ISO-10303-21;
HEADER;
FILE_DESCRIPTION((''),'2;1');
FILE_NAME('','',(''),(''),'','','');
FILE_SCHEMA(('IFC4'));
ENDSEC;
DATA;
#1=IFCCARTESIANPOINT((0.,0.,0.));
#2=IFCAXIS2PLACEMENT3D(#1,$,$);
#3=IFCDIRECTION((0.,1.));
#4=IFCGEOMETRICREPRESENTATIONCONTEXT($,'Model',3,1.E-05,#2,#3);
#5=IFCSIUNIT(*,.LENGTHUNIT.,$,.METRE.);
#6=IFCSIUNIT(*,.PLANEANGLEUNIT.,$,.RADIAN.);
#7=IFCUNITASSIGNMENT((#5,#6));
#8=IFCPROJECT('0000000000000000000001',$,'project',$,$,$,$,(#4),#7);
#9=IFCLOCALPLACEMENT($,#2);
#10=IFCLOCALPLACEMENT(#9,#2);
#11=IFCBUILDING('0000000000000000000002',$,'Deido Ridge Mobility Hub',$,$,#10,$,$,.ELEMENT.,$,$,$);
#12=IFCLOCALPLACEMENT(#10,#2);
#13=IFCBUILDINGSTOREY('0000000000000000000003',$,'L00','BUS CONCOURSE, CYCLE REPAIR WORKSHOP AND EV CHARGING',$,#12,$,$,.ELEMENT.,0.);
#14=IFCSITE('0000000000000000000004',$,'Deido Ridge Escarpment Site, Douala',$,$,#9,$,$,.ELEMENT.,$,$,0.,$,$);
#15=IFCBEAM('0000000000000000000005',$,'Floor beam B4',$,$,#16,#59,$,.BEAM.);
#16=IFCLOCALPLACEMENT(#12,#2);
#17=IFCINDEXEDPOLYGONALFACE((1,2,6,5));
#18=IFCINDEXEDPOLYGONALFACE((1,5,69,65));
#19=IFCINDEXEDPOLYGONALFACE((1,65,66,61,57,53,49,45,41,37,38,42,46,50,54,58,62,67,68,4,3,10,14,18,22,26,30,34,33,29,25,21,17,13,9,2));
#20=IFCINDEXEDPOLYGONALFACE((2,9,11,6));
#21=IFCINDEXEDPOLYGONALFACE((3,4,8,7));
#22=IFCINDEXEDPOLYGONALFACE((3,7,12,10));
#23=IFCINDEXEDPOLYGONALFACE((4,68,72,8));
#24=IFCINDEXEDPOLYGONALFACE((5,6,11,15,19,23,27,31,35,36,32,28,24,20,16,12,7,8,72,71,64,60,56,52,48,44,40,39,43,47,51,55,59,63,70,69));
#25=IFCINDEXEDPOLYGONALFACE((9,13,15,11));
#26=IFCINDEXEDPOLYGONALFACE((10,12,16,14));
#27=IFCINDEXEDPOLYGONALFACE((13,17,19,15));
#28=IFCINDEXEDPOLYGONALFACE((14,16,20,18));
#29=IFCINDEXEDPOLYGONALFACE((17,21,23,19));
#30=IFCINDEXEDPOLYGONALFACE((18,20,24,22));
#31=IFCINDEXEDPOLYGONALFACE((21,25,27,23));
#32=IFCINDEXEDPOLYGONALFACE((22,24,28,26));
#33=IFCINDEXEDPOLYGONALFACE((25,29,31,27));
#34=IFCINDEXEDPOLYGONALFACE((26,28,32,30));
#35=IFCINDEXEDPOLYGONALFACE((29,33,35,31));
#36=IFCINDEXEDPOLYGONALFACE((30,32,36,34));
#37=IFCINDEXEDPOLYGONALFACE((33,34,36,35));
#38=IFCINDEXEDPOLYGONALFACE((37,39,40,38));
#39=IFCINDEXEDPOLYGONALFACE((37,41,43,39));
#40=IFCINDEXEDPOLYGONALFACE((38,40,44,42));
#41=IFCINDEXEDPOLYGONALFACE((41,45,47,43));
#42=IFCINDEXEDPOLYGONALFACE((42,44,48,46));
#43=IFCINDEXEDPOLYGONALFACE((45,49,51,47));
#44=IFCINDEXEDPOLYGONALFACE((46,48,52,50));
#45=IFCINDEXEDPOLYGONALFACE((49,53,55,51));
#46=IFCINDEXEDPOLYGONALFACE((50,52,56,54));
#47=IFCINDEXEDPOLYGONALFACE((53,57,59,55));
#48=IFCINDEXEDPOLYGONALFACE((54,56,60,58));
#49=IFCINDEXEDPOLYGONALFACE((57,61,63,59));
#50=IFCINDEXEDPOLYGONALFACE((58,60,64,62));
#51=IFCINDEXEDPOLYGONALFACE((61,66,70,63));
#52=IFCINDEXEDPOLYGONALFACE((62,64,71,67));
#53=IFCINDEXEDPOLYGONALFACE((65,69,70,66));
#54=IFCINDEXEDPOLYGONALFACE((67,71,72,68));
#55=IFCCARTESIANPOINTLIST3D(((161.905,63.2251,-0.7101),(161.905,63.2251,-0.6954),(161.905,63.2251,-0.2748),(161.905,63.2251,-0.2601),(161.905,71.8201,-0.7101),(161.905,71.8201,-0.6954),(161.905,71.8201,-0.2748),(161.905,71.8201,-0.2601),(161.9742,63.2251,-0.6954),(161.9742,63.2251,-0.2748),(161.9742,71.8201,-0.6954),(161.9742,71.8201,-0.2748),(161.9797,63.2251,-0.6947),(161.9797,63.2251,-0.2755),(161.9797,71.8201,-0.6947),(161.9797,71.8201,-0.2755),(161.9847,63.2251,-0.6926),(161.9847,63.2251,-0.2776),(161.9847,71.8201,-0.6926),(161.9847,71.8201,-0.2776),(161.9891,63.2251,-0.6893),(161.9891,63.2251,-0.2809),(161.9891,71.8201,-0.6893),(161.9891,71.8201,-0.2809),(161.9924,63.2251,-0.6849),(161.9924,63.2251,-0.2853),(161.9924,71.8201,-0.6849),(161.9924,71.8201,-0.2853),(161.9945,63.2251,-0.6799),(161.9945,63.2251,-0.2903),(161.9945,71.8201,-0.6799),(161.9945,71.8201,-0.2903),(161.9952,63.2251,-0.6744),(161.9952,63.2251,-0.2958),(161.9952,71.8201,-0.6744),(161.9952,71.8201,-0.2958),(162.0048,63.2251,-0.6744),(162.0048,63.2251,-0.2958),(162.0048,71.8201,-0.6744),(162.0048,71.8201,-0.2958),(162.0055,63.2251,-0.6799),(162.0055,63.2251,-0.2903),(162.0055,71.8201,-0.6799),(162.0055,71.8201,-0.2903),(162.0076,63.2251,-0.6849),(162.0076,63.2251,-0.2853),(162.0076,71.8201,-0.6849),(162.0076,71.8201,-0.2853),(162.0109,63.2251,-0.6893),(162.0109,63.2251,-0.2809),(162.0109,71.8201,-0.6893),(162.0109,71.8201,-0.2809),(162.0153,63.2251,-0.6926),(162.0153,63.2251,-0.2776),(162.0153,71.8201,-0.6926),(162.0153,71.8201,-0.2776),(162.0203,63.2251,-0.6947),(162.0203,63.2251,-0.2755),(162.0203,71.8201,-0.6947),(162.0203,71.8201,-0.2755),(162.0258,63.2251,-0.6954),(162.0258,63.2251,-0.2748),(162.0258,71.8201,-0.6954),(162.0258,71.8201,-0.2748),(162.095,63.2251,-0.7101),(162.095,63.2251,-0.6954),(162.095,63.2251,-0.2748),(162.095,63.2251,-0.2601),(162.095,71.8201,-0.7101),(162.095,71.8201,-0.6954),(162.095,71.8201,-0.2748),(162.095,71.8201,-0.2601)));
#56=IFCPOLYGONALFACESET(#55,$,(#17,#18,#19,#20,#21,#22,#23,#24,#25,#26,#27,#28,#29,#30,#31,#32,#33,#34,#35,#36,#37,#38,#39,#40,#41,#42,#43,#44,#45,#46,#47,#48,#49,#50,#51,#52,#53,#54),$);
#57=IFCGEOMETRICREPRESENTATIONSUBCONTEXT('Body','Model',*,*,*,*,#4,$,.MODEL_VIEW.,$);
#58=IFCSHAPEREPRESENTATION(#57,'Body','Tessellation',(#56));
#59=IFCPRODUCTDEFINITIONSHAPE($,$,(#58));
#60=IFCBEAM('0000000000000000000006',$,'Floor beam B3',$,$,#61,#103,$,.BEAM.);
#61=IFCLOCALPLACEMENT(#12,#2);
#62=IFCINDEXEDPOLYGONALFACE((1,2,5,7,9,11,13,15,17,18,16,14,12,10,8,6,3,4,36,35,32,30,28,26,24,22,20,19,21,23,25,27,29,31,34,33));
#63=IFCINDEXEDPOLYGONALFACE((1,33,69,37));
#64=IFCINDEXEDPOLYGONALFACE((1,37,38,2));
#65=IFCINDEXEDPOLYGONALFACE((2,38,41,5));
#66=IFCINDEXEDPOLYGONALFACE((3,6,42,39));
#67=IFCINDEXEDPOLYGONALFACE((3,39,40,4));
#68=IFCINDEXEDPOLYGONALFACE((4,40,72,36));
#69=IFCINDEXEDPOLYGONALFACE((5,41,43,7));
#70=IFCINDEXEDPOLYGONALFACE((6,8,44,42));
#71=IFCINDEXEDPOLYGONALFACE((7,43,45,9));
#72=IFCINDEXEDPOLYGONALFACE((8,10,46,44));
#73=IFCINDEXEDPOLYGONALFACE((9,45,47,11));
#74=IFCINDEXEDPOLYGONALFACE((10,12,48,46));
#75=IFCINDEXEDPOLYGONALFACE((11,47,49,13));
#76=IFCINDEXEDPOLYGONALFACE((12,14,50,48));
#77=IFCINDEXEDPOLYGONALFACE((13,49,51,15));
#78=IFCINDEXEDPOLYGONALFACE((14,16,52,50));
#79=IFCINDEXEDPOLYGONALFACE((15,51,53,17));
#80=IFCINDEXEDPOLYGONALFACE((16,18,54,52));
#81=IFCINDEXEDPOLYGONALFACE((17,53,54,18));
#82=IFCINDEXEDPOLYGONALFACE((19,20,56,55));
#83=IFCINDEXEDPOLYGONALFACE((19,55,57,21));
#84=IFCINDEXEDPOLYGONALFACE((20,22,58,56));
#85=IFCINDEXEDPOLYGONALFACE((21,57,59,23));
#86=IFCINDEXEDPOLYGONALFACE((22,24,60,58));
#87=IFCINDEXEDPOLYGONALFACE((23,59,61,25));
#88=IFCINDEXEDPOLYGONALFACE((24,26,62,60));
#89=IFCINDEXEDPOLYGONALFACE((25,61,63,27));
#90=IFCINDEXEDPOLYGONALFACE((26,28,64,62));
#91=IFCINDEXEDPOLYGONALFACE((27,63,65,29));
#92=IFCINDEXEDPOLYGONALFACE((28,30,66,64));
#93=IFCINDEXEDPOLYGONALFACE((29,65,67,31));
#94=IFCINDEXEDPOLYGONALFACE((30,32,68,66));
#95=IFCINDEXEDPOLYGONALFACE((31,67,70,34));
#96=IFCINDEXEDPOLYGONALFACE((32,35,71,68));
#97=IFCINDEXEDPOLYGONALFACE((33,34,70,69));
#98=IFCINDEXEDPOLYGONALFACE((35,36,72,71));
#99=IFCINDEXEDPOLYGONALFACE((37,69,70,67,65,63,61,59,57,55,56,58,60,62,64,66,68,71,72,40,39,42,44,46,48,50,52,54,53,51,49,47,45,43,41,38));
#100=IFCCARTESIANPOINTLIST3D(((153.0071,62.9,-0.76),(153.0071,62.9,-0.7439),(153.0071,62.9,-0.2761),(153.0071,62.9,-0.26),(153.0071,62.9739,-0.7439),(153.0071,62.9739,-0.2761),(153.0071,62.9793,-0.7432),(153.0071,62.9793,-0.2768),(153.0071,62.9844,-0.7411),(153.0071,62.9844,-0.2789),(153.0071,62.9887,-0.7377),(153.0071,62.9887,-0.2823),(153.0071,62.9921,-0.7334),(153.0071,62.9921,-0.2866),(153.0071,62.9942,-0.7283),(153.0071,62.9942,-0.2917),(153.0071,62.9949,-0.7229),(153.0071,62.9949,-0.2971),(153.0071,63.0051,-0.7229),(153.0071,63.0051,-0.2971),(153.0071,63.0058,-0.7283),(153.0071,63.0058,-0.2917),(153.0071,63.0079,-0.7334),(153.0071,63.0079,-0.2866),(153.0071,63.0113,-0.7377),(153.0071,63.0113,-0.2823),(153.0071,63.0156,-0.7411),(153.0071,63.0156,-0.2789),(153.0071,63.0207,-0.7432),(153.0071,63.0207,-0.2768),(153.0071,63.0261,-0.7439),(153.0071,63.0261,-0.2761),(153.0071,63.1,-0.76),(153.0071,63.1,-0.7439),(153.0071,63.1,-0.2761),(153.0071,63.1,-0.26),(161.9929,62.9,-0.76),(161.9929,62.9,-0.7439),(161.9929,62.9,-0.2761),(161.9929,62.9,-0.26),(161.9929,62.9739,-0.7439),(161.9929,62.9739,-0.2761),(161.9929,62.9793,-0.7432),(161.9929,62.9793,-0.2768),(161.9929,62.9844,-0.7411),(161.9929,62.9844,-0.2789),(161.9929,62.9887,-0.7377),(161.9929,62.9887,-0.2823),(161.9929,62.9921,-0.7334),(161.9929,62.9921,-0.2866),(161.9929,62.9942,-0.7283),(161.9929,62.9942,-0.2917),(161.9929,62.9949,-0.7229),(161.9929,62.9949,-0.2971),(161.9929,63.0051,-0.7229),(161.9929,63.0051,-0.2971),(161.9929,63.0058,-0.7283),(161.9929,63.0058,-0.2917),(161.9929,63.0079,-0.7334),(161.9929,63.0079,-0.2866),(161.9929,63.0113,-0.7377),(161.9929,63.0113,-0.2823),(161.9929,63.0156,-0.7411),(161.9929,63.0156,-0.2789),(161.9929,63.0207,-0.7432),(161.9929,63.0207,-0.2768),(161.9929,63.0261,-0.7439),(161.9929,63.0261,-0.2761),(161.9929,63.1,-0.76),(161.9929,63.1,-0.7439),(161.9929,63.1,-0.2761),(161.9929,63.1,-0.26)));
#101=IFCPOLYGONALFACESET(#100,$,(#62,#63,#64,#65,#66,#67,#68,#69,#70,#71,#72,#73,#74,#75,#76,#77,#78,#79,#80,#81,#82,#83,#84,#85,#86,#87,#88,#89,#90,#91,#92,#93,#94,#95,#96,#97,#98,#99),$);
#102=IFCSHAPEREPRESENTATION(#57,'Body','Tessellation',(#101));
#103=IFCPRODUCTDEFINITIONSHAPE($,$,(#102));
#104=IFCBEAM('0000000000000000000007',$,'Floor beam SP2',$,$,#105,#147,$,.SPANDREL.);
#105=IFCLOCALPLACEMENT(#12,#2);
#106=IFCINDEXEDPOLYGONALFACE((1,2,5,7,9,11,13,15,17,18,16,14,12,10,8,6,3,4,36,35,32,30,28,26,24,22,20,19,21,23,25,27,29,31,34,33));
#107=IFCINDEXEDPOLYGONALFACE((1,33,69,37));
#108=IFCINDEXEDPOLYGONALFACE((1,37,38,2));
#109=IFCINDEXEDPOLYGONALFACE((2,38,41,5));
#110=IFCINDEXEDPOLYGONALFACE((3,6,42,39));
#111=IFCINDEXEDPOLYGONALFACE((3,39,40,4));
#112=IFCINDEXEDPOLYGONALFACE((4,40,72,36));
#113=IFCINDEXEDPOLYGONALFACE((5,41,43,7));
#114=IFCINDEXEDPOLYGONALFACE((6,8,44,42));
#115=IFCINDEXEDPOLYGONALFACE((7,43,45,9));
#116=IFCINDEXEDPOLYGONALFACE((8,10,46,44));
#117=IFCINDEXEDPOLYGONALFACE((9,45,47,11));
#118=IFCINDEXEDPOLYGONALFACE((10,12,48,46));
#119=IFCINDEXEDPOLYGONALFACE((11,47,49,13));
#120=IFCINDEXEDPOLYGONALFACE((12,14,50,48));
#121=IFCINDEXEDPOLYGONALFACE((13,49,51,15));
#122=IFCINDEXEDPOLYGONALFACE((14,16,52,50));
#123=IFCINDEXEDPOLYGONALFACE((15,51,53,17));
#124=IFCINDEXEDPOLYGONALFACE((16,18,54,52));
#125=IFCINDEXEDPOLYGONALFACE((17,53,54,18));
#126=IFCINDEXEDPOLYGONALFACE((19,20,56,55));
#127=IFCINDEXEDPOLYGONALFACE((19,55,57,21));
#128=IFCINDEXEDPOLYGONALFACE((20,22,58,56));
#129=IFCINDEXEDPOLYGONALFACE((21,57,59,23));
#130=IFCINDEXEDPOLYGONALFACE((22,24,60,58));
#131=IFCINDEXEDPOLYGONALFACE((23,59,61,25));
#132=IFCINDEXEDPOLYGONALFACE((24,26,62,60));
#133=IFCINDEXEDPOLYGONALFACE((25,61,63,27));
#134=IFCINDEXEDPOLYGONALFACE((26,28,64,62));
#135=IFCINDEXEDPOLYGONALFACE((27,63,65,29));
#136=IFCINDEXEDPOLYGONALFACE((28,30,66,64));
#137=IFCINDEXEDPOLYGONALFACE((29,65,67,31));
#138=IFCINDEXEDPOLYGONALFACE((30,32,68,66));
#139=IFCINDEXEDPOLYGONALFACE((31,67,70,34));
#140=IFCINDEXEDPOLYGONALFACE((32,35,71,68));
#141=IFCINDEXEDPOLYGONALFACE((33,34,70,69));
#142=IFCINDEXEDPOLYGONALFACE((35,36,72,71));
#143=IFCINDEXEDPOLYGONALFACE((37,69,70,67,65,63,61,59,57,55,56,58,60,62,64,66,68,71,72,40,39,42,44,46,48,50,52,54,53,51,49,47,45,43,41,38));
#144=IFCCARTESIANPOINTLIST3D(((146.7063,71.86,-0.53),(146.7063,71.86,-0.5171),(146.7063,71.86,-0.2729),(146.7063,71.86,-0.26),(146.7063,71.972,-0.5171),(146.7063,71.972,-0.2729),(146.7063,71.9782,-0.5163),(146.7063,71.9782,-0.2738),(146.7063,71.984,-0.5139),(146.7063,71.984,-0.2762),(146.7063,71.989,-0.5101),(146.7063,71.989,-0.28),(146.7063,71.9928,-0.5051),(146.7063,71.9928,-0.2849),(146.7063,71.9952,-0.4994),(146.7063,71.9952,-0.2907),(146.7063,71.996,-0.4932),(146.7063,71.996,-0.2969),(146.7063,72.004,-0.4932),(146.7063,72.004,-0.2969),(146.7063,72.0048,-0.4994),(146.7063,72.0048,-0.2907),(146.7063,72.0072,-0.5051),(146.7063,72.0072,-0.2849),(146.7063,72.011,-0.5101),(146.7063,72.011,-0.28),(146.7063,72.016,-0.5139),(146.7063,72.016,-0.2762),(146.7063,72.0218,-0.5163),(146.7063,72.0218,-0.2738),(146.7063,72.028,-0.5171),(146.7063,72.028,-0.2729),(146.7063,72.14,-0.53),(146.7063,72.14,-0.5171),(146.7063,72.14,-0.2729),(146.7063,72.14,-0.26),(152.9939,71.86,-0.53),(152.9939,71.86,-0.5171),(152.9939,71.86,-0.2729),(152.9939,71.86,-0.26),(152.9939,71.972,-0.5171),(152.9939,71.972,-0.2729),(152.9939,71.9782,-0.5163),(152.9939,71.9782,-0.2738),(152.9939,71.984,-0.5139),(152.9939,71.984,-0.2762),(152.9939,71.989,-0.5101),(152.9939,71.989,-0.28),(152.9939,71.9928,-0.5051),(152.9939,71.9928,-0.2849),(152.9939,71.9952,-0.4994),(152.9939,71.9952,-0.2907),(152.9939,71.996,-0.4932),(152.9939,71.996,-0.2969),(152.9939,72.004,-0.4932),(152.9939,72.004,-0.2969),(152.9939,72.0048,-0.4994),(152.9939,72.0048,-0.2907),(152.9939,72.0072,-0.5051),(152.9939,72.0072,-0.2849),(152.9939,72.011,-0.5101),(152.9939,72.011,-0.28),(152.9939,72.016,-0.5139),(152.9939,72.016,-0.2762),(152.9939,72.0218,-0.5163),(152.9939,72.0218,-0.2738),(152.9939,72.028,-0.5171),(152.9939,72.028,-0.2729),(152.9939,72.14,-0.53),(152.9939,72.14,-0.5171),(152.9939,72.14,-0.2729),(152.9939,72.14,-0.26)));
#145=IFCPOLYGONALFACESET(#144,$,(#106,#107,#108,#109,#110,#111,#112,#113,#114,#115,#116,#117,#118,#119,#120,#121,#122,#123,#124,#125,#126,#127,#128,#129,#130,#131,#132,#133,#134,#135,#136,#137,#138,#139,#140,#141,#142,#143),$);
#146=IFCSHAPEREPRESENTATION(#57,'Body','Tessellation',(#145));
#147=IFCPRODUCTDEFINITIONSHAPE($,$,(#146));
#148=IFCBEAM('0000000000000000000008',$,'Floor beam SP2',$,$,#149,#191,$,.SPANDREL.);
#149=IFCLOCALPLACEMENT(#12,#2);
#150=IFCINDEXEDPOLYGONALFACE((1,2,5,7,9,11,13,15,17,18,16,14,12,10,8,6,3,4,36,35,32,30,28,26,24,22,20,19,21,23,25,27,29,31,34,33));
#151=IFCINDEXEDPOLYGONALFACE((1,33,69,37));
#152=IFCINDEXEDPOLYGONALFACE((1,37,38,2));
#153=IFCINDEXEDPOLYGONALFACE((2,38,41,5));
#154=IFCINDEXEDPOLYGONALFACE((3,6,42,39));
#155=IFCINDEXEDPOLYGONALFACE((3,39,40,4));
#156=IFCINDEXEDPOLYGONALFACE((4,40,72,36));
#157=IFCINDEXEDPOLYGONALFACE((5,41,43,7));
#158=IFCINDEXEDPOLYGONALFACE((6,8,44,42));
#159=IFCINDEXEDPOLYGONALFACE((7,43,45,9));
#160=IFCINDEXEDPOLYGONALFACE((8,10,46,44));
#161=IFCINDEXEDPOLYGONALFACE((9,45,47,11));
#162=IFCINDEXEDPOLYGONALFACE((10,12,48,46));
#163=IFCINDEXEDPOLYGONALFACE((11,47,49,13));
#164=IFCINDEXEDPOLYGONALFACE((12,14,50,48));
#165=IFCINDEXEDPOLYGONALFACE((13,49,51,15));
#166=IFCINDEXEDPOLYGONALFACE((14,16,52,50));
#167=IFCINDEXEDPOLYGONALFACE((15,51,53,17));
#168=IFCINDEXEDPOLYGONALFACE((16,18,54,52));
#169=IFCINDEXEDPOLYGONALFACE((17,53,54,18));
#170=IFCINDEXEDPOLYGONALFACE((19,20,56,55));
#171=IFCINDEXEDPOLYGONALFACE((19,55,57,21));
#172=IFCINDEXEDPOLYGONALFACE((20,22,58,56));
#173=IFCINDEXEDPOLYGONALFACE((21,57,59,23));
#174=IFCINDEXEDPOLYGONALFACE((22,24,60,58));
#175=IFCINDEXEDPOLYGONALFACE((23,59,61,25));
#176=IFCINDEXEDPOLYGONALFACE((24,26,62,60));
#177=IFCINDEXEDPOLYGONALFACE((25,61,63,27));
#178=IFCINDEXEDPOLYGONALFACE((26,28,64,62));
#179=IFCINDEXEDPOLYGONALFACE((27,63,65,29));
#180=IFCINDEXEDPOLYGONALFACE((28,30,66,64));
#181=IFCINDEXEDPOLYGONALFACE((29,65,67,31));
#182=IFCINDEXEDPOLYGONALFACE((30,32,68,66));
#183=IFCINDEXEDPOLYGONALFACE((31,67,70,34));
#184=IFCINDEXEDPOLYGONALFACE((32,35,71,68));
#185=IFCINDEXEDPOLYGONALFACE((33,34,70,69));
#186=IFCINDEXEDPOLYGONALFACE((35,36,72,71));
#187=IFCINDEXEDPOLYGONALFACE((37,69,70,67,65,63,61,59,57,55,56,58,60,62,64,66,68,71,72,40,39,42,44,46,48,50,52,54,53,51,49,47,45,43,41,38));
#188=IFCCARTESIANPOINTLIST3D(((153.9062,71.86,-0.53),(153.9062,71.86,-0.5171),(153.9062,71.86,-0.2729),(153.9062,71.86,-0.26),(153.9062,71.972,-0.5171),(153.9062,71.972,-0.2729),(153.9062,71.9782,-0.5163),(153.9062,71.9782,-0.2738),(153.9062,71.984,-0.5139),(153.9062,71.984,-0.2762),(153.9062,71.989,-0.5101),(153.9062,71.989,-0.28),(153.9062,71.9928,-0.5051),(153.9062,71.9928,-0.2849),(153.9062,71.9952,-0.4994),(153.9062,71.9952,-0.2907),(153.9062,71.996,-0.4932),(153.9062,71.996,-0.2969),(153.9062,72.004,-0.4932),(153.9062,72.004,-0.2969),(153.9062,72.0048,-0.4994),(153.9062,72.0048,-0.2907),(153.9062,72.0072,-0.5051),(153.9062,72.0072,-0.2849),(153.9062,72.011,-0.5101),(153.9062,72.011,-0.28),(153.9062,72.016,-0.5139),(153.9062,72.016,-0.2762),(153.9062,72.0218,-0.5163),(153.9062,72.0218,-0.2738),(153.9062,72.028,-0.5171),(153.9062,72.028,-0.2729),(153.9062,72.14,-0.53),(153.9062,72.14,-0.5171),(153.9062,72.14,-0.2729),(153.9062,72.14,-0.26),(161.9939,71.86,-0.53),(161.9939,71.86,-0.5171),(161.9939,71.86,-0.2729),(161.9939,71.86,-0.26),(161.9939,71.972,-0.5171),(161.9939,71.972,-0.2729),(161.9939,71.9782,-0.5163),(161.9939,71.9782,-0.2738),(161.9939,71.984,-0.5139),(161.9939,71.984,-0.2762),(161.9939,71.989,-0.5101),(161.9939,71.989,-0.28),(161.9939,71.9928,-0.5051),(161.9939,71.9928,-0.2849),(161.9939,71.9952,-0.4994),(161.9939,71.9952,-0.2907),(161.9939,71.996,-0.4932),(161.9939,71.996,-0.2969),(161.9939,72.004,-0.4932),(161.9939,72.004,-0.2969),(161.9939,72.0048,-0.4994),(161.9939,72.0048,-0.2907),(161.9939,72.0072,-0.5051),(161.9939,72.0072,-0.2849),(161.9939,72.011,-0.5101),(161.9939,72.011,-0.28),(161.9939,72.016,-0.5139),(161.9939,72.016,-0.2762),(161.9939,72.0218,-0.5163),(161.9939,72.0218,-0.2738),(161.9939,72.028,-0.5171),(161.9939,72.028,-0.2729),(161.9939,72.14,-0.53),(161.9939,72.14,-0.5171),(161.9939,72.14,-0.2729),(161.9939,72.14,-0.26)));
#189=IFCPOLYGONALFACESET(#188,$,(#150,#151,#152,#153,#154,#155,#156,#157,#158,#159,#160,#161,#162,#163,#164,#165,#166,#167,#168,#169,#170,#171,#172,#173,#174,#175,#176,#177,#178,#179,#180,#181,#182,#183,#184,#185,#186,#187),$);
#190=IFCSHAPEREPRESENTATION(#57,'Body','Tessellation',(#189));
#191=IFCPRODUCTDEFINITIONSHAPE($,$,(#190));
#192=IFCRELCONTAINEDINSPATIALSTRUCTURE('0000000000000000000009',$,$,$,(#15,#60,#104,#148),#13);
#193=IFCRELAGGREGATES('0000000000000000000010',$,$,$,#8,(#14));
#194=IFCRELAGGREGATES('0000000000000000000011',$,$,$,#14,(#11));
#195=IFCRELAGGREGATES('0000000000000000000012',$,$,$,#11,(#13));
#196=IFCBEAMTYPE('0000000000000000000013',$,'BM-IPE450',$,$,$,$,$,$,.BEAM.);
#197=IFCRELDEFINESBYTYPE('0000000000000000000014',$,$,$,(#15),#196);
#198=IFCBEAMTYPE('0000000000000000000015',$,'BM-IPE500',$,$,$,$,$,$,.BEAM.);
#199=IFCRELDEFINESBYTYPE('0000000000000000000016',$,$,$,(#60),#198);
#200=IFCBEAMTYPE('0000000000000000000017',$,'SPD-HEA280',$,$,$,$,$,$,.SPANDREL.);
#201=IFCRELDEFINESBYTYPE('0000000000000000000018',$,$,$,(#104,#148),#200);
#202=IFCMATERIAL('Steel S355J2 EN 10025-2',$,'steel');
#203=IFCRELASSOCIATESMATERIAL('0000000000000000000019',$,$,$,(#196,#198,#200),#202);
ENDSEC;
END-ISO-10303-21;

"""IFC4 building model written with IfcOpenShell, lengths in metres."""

from ifc_helpers import new_model, si_unit, direction, frame, origin, origin_2d, place, context, subcontext, project, spatial, i_section, extrude, material, material_profile, profile_set, type_object, element, save


model = new_model("IFC4")

# Units and contexts
model_context = context("Model", 3, precision=1e-05, world=origin(), true_north=direction((0.0, 1.0)))
body_context = subcontext(model_context, "Body", "Model", "MODEL_VIEW")
ifc_project = project(units=[si_unit("LENGTHUNIT", "METRE"), si_unit("PLANEANGLEUNIT", "RADIAN")], contexts=[model_context])

# Site, building, storey
site_placement = place(None, origin())
site = spatial("IfcSite", under=ifc_project, at=site_placement, Name="Deido Ridge Escarpment Site, Douala", CompositionType="ELEMENT", RefElevation=0.0)
building_placement = place(site_placement, origin())
building = spatial("IfcBuilding", under=site, at=building_placement, Name="Deido Ridge Mobility Hub", CompositionType="ELEMENT")
storey_placement = place(building_placement, origin())
storey = spatial("IfcBuildingStorey", under=building, at=storey_placement, Name="L00", Description="BUS CONCOURSE, CYCLE REPAIR WORKSHOP AND EV CHARGING", CompositionType="ELEMENT", Elevation=0.0)

# Shared definitions
ifc_material_1 = material(Name="Steel S355J2 EN 10025-2", Category="steel")

# Beams
ifc_material_profile_1 = material_profile(ifc_material_1, i_section(OverallWidth=0.1899, OverallDepth=0.45, WebThickness=0.0095, FlangeThickness=0.0146, FilletRadius=0.021, at=origin_2d()), Name="IPE 450")
ifc_profile_set_1 = profile_set([ifc_material_profile_1], Name="Steel S355J2 EN 10025-2")
beam_type_1 = type_object("IfcBeamType", Name="BM-IPE450", PredefinedType="BEAM", material=ifc_profile_set_1)
for number, where, z_axis, x_axis, name in (
    (1, (162.0, 63.2251, -0.4851), (0.0, 1.0, 0.0), (-1.0, 0.0, 0.0), "Floor beam B4"),
):
    element("IfcBeam", number, at=place(storey_placement, frame(where, z_axis=z_axis, x_axis=x_axis)), inside=storey, type_object=beam_type_1, Name=name, PredefinedType="BEAM", context=body_context, shape_type="SweptSolid", body=[
        extrude(i_section(OverallWidth=0.1899, OverallDepth=0.45, WebThickness=0.0095, FlangeThickness=0.0146, FilletRadius=0.021, at=origin_2d()), origin(), (0.0, 0.0, 1.0), 8.595),
    ])
ifc_material_profile_2 = material_profile(ifc_material_1, i_section(OverallWidth=0.2, OverallDepth=0.5, WebThickness=0.0103, FlangeThickness=0.0161, FilletRadius=0.021, at=origin_2d()), Name="IPE 500")
ifc_profile_set_2 = profile_set([ifc_material_profile_2], Name="Steel S355J2 EN 10025-2")
beam_type_2 = type_object("IfcBeamType", Name="BM-IPE500", PredefinedType="BEAM", material=ifc_profile_set_2)
beam_1_placement = place(storey_placement, frame((153.0071, 63.0, -0.51), z_axis=(1.0, 0.0, 0.0), x_axis=(0.0, 1.0, 0.0)))
element("IfcBeam", 2, at=beam_1_placement, inside=storey, type_object=beam_type_2, Name="Floor beam B3", PredefinedType="BEAM", context=body_context, shape_type="SweptSolid", body=[
    extrude(i_section(OverallWidth=0.2, OverallDepth=0.5, WebThickness=0.0103, FlangeThickness=0.0161, FilletRadius=0.021, at=origin_2d()), origin(), (0.0, 0.0, 1.0), 8.9858),
])
ifc_material_profile_3 = material_profile(ifc_material_1, i_section(OverallWidth=0.28, OverallDepth=0.27, WebThickness=0.0081, FlangeThickness=0.0129, FilletRadius=0.0239, at=origin_2d()), Name="HEA 280")
ifc_profile_set_3 = profile_set([ifc_material_profile_3], Name="Steel S355J2 EN 10025-2")
beam_type_3 = type_object("IfcBeamType", Name="SPD-HEA280", PredefinedType="SPANDREL", material=ifc_profile_set_3)
beam_2_placement = place(storey_placement, frame((146.7063, 72.0, -0.395), z_axis=(1.0, 0.0, 0.0), x_axis=(0.0, 1.0, 0.0)))
element("IfcBeam", 3, at=beam_2_placement, inside=storey, type_object=beam_type_3, Name="Floor beam SP2", PredefinedType="SPANDREL", context=body_context, shape_type="SweptSolid", body=[
    extrude(i_section(OverallWidth=0.28, OverallDepth=0.27, WebThickness=0.0081, FlangeThickness=0.0129, FilletRadius=0.0239, at=origin_2d()), origin(), (0.0, 0.0, 1.0), 6.2876),
])
beam_3_placement = place(storey_placement, frame((153.9062, 72.0, -0.395), z_axis=(1.0, 0.0, 0.0), x_axis=(0.0, 1.0, 0.0)))
element("IfcBeam", 4, at=beam_3_placement, inside=storey, type_object=beam_type_3, Name="Floor beam SP2", PredefinedType="SPANDREL", context=body_context, shape_type="SweptSolid", body=[
    extrude(i_section(OverallWidth=0.28, OverallDepth=0.27, WebThickness=0.0081, FlangeThickness=0.0129, FilletRadius=0.0239, at=origin_2d()), origin(), (0.0, 0.0, 1.0), 8.0876),
])

save(model, "model.ifc")
